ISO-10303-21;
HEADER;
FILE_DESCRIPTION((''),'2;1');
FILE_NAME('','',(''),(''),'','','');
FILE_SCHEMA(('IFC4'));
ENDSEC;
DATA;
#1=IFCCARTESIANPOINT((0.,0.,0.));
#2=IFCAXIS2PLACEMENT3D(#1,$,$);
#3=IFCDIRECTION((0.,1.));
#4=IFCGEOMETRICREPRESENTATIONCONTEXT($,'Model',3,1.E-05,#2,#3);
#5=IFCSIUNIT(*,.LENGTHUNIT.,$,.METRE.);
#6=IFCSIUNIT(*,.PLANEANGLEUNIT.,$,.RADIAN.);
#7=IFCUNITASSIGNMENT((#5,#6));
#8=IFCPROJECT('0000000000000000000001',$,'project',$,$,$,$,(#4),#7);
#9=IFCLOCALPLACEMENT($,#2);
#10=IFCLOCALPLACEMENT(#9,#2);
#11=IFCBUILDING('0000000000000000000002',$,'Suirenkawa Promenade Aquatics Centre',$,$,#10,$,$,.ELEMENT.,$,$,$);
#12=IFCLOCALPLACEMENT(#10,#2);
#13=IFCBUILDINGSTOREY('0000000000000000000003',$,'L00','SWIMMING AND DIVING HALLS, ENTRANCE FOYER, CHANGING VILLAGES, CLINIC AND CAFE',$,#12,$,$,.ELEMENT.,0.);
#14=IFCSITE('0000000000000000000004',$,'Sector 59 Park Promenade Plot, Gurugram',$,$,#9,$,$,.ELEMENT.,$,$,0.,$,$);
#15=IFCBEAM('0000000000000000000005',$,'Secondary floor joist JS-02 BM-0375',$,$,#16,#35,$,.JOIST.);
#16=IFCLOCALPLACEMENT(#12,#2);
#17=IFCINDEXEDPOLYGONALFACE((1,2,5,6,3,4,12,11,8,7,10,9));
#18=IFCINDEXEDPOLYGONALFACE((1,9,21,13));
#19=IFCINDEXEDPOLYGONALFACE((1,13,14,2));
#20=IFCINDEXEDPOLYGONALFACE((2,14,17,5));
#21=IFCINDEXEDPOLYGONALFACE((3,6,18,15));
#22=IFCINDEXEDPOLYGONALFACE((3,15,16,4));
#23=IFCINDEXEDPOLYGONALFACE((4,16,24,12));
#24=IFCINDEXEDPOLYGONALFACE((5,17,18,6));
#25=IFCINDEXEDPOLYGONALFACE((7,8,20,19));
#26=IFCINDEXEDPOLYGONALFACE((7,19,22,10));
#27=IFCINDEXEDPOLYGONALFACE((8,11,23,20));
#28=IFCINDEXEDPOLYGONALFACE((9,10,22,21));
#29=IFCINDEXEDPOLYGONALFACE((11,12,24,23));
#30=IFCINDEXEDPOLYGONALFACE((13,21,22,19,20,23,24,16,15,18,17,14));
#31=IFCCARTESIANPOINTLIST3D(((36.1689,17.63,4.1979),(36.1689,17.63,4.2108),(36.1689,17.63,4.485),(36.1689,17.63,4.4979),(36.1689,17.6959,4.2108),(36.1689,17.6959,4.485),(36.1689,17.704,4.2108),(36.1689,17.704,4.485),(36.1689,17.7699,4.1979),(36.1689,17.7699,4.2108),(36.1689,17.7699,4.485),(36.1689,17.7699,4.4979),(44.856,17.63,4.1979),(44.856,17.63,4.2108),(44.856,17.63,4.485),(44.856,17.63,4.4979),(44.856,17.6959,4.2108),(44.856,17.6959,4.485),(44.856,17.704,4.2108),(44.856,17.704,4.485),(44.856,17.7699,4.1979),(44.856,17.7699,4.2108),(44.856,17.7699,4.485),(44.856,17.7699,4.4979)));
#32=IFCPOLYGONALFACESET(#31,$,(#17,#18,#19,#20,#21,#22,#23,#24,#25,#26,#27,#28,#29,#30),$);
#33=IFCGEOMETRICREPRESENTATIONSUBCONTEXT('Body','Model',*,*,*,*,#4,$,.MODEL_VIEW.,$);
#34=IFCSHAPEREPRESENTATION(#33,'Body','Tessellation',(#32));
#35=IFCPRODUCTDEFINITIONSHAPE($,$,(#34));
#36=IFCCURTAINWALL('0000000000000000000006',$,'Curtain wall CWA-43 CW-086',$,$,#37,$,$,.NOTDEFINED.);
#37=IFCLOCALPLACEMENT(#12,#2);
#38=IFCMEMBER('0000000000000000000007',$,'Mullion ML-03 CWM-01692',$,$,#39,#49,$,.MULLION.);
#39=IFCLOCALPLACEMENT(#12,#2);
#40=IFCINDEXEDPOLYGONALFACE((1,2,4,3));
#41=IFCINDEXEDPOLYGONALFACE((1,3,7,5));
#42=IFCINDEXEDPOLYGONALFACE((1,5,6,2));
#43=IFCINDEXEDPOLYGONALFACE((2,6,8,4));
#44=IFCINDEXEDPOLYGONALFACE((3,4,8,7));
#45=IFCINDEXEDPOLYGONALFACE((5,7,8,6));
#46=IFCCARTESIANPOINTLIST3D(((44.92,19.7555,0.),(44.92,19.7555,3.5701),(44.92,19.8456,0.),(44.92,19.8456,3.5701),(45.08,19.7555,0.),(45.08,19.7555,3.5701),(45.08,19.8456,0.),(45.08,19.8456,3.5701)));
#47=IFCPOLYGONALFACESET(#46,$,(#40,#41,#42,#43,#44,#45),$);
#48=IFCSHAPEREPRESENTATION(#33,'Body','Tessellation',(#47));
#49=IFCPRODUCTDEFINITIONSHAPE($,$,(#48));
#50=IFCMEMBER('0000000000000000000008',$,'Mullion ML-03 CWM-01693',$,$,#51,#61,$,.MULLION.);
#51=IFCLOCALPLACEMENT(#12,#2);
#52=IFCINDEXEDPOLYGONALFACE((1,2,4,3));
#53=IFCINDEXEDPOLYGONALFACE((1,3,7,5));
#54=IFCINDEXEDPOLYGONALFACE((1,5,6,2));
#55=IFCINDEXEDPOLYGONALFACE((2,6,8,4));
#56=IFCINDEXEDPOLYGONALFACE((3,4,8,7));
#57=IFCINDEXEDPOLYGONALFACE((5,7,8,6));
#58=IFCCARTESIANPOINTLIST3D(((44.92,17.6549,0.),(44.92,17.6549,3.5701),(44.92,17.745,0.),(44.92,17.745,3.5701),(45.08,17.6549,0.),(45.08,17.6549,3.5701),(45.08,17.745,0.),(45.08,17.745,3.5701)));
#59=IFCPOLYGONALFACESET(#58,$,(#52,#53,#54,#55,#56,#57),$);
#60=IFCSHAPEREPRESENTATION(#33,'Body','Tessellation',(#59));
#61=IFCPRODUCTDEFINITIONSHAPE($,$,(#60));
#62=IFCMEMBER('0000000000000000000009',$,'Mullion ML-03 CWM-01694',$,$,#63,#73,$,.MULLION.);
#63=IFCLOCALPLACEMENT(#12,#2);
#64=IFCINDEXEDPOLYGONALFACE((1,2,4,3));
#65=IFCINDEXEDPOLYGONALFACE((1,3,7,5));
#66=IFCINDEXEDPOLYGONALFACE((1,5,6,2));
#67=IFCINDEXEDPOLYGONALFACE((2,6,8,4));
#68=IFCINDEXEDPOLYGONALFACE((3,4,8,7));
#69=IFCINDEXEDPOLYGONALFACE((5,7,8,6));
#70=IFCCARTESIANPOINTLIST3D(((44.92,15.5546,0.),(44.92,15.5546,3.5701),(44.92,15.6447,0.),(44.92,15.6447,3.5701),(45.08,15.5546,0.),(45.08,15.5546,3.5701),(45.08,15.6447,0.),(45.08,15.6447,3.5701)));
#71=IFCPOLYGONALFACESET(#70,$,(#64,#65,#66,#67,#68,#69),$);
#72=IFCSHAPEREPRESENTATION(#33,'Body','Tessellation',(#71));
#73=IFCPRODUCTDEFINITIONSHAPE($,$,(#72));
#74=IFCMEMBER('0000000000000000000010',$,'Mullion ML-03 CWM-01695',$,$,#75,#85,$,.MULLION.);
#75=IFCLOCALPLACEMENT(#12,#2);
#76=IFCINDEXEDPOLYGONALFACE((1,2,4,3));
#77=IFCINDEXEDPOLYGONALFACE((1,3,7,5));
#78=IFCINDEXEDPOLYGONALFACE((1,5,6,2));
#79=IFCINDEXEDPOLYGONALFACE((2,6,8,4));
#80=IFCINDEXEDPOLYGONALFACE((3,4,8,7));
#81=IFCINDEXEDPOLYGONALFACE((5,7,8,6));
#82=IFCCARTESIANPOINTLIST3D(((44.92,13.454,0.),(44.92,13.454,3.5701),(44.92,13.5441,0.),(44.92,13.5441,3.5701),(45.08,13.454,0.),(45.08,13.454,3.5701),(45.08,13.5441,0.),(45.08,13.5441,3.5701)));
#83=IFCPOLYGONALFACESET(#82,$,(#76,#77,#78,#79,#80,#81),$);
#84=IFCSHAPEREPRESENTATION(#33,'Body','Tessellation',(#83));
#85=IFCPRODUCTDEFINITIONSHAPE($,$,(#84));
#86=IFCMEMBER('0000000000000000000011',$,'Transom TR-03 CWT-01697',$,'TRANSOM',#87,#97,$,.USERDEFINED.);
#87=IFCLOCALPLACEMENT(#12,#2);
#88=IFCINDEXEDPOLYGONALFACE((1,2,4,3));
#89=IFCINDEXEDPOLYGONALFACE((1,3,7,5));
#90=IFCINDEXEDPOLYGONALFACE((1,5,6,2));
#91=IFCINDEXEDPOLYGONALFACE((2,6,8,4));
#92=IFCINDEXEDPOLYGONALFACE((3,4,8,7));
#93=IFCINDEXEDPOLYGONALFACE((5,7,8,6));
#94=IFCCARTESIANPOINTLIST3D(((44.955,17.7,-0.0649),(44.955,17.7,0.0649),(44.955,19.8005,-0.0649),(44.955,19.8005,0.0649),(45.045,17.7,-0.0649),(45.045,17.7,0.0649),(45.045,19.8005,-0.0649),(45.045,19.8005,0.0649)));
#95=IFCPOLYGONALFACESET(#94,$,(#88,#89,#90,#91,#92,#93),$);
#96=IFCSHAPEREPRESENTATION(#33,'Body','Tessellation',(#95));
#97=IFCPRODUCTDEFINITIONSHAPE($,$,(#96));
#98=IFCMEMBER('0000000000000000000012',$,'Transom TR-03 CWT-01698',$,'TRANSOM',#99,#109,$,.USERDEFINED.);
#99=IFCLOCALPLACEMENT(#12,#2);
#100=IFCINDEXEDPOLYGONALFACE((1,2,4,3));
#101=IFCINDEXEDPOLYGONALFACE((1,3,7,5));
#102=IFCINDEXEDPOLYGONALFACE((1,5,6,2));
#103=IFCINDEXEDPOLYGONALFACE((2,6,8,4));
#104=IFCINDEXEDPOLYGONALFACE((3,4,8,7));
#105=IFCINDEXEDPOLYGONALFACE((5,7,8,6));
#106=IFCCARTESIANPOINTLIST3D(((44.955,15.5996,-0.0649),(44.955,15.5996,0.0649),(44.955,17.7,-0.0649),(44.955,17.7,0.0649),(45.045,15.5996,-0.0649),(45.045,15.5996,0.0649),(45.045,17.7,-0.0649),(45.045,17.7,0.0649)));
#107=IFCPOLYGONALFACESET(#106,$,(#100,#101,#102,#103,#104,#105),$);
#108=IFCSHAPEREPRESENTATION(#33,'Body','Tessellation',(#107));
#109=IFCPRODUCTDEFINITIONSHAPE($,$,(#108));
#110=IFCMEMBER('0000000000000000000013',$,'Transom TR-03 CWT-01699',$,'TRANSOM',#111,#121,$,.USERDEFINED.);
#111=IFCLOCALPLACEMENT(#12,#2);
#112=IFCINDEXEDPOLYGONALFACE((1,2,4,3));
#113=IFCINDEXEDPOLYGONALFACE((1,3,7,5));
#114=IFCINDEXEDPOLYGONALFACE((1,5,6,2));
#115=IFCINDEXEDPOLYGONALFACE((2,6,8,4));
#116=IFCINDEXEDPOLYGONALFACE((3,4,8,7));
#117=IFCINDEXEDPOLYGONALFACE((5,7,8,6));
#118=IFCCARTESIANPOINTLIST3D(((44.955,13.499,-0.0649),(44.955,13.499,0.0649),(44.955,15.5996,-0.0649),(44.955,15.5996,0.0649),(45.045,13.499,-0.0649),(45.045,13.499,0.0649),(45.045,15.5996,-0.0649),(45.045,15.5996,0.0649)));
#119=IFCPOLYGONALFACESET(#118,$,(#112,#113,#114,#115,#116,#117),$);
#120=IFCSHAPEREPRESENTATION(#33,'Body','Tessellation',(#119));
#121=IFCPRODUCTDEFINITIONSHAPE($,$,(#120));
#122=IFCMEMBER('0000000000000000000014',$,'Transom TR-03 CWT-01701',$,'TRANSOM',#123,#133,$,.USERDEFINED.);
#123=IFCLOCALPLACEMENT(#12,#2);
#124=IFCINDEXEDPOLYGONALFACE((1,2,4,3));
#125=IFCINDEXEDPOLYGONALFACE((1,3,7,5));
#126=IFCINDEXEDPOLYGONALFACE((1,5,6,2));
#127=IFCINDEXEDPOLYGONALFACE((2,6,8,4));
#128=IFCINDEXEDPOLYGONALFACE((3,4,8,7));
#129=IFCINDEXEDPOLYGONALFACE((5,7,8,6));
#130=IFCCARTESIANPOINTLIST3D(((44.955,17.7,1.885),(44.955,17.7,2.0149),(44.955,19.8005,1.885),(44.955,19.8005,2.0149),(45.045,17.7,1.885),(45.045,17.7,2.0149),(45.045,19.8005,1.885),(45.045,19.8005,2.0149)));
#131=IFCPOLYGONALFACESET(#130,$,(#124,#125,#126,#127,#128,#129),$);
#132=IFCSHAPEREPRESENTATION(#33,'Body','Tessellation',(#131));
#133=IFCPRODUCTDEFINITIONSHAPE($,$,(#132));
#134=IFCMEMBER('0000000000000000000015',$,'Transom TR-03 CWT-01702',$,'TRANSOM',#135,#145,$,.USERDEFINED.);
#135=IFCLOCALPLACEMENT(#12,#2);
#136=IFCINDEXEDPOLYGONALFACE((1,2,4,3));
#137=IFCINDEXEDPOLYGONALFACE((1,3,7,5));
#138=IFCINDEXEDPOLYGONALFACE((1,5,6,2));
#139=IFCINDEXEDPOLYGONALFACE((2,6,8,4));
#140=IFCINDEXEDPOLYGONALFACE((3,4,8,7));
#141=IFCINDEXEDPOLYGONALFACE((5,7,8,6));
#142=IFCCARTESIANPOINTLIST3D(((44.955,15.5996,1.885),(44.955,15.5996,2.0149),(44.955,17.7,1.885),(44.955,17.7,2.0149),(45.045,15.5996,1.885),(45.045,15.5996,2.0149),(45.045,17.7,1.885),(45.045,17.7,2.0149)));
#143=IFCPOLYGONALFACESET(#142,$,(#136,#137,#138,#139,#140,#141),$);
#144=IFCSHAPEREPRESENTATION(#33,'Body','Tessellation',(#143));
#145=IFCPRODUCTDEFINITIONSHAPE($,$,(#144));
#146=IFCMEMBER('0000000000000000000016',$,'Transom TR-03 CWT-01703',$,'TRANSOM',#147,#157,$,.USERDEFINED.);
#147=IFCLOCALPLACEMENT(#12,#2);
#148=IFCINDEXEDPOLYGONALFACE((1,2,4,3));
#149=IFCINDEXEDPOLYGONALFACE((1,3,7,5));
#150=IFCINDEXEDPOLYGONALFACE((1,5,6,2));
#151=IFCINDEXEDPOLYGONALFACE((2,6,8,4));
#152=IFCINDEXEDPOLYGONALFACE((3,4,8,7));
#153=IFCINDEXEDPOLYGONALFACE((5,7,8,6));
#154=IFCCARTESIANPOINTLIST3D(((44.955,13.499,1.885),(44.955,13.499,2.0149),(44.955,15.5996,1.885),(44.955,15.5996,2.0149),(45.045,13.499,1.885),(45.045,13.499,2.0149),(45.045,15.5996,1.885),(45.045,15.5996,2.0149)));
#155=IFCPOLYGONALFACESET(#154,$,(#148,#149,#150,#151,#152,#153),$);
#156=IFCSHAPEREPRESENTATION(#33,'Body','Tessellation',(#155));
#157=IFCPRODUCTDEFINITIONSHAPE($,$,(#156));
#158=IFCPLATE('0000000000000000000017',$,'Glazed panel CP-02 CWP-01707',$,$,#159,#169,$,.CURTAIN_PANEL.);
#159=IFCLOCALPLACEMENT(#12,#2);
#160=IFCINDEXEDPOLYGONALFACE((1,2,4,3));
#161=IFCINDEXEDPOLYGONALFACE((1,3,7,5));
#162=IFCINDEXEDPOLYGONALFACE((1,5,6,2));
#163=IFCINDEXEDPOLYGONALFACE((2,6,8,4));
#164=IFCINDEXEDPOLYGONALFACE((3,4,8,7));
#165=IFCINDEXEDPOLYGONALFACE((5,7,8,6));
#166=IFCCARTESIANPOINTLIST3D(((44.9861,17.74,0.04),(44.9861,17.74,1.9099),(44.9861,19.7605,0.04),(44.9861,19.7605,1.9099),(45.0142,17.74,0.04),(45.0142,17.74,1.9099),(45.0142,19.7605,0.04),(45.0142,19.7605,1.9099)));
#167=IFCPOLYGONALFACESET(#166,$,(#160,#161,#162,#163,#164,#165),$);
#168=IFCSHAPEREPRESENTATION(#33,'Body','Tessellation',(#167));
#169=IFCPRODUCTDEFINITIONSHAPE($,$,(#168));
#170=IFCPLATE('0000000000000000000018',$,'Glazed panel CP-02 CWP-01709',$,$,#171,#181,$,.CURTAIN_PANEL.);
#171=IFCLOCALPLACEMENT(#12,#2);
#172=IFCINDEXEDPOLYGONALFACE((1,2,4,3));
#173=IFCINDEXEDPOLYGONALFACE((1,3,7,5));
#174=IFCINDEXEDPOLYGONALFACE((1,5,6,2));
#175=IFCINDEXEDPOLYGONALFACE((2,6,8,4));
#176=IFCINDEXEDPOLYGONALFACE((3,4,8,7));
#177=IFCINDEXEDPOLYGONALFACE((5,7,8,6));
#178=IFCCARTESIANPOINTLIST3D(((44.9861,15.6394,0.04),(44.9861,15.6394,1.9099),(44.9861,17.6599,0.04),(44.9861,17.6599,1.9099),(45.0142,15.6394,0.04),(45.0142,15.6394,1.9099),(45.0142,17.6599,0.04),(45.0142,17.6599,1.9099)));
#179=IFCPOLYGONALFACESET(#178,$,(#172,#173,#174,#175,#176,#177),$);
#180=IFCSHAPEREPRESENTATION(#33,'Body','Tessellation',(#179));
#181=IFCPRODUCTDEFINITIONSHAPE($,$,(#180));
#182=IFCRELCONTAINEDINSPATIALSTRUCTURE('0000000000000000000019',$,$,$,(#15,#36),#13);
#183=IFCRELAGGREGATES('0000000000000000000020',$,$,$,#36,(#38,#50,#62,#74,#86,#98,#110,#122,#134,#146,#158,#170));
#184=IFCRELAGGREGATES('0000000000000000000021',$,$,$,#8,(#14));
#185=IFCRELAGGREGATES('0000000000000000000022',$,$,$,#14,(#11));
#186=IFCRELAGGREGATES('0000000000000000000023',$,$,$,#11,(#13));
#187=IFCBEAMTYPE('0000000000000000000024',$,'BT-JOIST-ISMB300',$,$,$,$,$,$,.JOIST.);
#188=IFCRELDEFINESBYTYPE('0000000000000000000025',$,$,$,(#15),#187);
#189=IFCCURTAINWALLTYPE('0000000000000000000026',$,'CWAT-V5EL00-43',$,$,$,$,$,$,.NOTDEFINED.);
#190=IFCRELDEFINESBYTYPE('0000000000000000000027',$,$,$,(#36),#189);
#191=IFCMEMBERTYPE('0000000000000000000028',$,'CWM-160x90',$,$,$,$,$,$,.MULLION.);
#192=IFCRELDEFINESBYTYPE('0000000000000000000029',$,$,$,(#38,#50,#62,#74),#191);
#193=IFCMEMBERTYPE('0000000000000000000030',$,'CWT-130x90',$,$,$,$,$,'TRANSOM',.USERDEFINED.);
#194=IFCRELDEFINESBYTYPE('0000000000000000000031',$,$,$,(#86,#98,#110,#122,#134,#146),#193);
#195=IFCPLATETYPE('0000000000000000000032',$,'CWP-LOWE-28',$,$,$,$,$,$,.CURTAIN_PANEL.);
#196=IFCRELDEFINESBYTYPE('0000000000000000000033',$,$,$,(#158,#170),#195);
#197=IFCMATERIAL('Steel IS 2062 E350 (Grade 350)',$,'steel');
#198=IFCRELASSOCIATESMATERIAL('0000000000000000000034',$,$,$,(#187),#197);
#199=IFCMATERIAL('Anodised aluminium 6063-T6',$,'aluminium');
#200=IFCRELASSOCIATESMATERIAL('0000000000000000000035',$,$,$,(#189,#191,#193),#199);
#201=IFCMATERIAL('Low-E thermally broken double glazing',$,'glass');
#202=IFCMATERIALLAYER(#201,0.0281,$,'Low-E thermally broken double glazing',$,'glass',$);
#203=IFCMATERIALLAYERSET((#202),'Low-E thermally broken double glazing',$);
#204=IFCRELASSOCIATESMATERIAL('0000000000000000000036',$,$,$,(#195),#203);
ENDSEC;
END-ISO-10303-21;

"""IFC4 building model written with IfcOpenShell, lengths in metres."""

from ifc_helpers import new_model, si_unit, direction, frame, origin, origin_2d, place, context, subcontext, project, spatial, polyline, rectangle, i_section, outline, extrude, material, layer, layer_set, material_profile, profile_set, type_object, element, aggregate, save


model = new_model("IFC4")

# Units and contexts
model_context = context("Model", 3, precision=1e-05, world=origin(), true_north=direction((0.0, 1.0)))
body_context = subcontext(model_context, "Body", "Model", "MODEL_VIEW")
ifc_project = project(units=[si_unit("LENGTHUNIT", "METRE"), si_unit("PLANEANGLEUNIT", "RADIAN")], contexts=[model_context])

# Site, building, storey
site_placement = place(None, origin())
site = spatial("IfcSite", under=ifc_project, at=site_placement, Name="Sector 59 Park Promenade Plot, Gurugram", CompositionType="ELEMENT", RefElevation=0.0)
building_placement = place(site_placement, origin())
building = spatial("IfcBuilding", under=site, at=building_placement, Name="Suirenkawa Promenade Aquatics Centre", CompositionType="ELEMENT")
storey_placement = place(building_placement, origin())
storey = spatial("IfcBuildingStorey", under=building, at=storey_placement, Name="L00", Description="SWIMMING AND DIVING HALLS, ENTRANCE FOYER, CHANGING VILLAGES, CLINIC AND CAFE", CompositionType="ELEMENT", Elevation=0.0)

# Beam
ifc_material_1 = material(Name="Steel IS 2062 E350 (Grade 350)", Category="steel")
ifc_material_profile_1 = material_profile(ifc_material_1, i_section(OverallWidth=0.1399, OverallDepth=0.3, WebThickness=0.0081, FlangeThickness=0.0129, at=origin_2d()), Name="ISMB 300", Category="steel")
ifc_profile_set_1 = profile_set([ifc_material_profile_1], Name="Steel IS 2062 E350 (Grade 350)")
beam_type = type_object("IfcBeamType", Name="BT-JOIST-ISMB300", PredefinedType="JOIST", material=ifc_profile_set_1)
beam_placement = place(storey_placement, frame((36.1689, 17.7, 4.3479), z_axis=(1.0, 0.0, 0.0), x_axis=(0.0, 1.0, 0.0)))
element("IfcBeam", 1, at=beam_placement, inside=storey, type_object=beam_type, Name="Secondary floor joist JS-02 BM-0375", PredefinedType="JOIST", context=body_context, shape_type="SweptSolid", body=[
    extrude(i_section(OverallWidth=0.1399, OverallDepth=0.3, WebThickness=0.0081, FlangeThickness=0.0129, at=origin_2d()), origin(), (0.0, 0.0, 1.0), 8.687),
])

# Curtain wall, members, plates
ifc_material_2 = material(Name="Anodised aluminium 6063-T6", Category="aluminium")
curtain_wall_type = type_object("IfcCurtainWallType", Name="CWAT-V5EL00-43", PredefinedType="NOTDEFINED", material=ifc_material_2)
curtain_wall_placement = place(storey_placement, origin())
curtain_wall = element("IfcCurtainWall", 2, at=curtain_wall_placement, inside=storey, type_object=curtain_wall_type, Name="Curtain wall CWA-43 CW-086", PredefinedType="NOTDEFINED")
ifc_material_profile_2 = material_profile(ifc_material_2, rectangle(XDim=0.0901, YDim=0.1599, at=origin_2d()), Name="ALU MULL 90x160", Category="aluminium")
ifc_profile_set_2 = profile_set([ifc_material_profile_2], Name="Anodised aluminium 6063-T6")
member_type_1 = type_object("IfcMemberType", Name="CWM-160x90", PredefinedType="MULLION", material=ifc_profile_set_2)
member_1_placement = place(storey_placement, frame((45.0, 19.8005, 0.0), z_axis=(0.0, 0.0, 1.0), x_axis=(0.0, -1.0, 0.0)))
member_1 = element("IfcMember", 3, at=member_1_placement, type_object=member_type_1, Name="Mullion ML-03 CWM-01692", PredefinedType="MULLION", context=body_context, shape_type="SweptSolid", body=[
    extrude(rectangle(XDim=0.0901, YDim=0.1599, at=origin_2d()), origin(), (0.0, 0.0, 1.0), 3.5701),
])
member_2_placement = place(storey_placement, frame((45.0, 17.7, 0.0), z_axis=(0.0, 0.0, 1.0), x_axis=(0.0, -1.0, 0.0)))
member_2 = element("IfcMember", 4, at=member_2_placement, type_object=member_type_1, Name="Mullion ML-03 CWM-01693", PredefinedType="MULLION", context=body_context, shape_type="SweptSolid", body=[
    extrude(rectangle(XDim=0.0901, YDim=0.1599, at=origin_2d()), origin(), (0.0, 0.0, 1.0), 3.5701),
])
member_3_placement = place(storey_placement, frame((45.0, 15.5996, 0.0), z_axis=(0.0, 0.0, 1.0), x_axis=(0.0, -1.0, 0.0)))
member_3 = element("IfcMember", 5, at=member_3_placement, type_object=member_type_1, Name="Mullion ML-03 CWM-01694", PredefinedType="MULLION", context=body_context, shape_type="SweptSolid", body=[
    extrude(rectangle(XDim=0.0901, YDim=0.1599, at=origin_2d()), origin(), (0.0, 0.0, 1.0), 3.5701),
])
member_4_placement = place(storey_placement, frame((45.0, 13.499, 0.0), z_axis=(0.0, 0.0, 1.0), x_axis=(0.0, -1.0, 0.0)))
member_4 = element("IfcMember", 6, at=member_4_placement, type_object=member_type_1, Name="Mullion ML-03 CWM-01695", PredefinedType="MULLION", context=body_context, shape_type="SweptSolid", body=[
    extrude(rectangle(XDim=0.0901, YDim=0.1599, at=origin_2d()), origin(), (0.0, 0.0, 1.0), 3.5701),
])
ifc_material_profile_3 = material_profile(ifc_material_2, rectangle(XDim=0.0901, YDim=0.1299, at=origin_2d()), Name="ALU TRAN 90x130", Category="aluminium")
ifc_profile_set_3 = profile_set([ifc_material_profile_3], Name="Anodised aluminium 6063-T6")
member_type_2 = type_object("IfcMemberType", Name="CWT-130x90", ElementType="TRANSOM", PredefinedType="USERDEFINED", material=ifc_profile_set_3)
member_5_placement = place(storey_placement, frame((45.0, 19.8005, 0.0), z_axis=(0.0, -1.0, 0.0), x_axis=(1.0, 0.0, 0.0)))
member_5 = element("IfcMember", 7, at=member_5_placement, type_object=member_type_2, Name="Transom TR-03 CWT-01697", ObjectType="TRANSOM", PredefinedType="USERDEFINED", context=body_context, shape_type="SweptSolid", body=[
    extrude(rectangle(XDim=0.0901, YDim=0.1299, at=origin_2d()), origin(), (0.0, 0.0, 1.0), 2.1006),
])
member_6_placement = place(storey_placement, frame((45.0, 17.7, 0.0), z_axis=(0.0, -1.0, 0.0), x_axis=(1.0, 0.0, 0.0)))
member_6 = element("IfcMember", 8, at=member_6_placement, type_object=member_type_2, Name="Transom TR-03 CWT-01698", ObjectType="TRANSOM", PredefinedType="USERDEFINED", context=body_context, shape_type="SweptSolid", body=[
    extrude(rectangle(XDim=0.0901, YDim=0.1299, at=origin_2d()), origin(), (0.0, 0.0, 1.0), 2.1003),
])
member_7_placement = place(storey_placement, frame((45.0, 15.5996, 0.0), z_axis=(0.0, -1.0, 0.0), x_axis=(1.0, 0.0, 0.0)))
member_7 = element("IfcMember", 9, at=member_7_placement, type_object=member_type_2, Name="Transom TR-03 CWT-01699", ObjectType="TRANSOM", PredefinedType="USERDEFINED", context=body_context, shape_type="SweptSolid", body=[
    extrude(rectangle(XDim=0.0901, YDim=0.1299, at=origin_2d()), origin(), (0.0, 0.0, 1.0), 2.1006),
])
member_8_placement = place(storey_placement, frame((45.0, 19.8005, 1.95), z_axis=(0.0, -1.0, 0.0), x_axis=(1.0, 0.0, 0.0)))
member_8 = element("IfcMember", 10, at=member_8_placement, type_object=member_type_2, Name="Transom TR-03 CWT-01701", ObjectType="TRANSOM", PredefinedType="USERDEFINED", context=body_context, shape_type="SweptSolid", body=[
    extrude(rectangle(XDim=0.0901, YDim=0.1299, at=origin_2d()), origin(), (0.0, 0.0, 1.0), 2.1006),
])
member_9_placement = place(storey_placement, frame((45.0, 17.7, 1.95), z_axis=(0.0, -1.0, 0.0), x_axis=(1.0, 0.0, 0.0)))
member_9 = element("IfcMember", 11, at=member_9_placement, type_object=member_type_2, Name="Transom TR-03 CWT-01702", ObjectType="TRANSOM", PredefinedType="USERDEFINED", context=body_context, shape_type="SweptSolid", body=[
    extrude(rectangle(XDim=0.0901, YDim=0.1299, at=origin_2d()), origin(), (0.0, 0.0, 1.0), 2.1003),
])
member_10_placement = place(storey_placement, frame((45.0, 15.5996, 1.95), z_axis=(0.0, -1.0, 0.0), x_axis=(1.0, 0.0, 0.0)))
member_10 = element("IfcMember", 12, at=member_10_placement, type_object=member_type_2, Name="Transom TR-03 CWT-01703", ObjectType="TRANSOM", PredefinedType="USERDEFINED", context=body_context, shape_type="SweptSolid", body=[
    extrude(rectangle(XDim=0.0901, YDim=0.1299, at=origin_2d()), origin(), (0.0, 0.0, 1.0), 2.1006),
])
ifc_material_3 = material(Name="Low-E thermally broken double glazing", Category="glass")
ifc_layer = layer(ifc_material_3, 0.0281, Name="Low-E thermally broken double glazing", Category="glass")
ifc_layer_set = layer_set([ifc_layer], Name="Low-E thermally broken double glazing")
plate_type = type_object("IfcPlateType", Name="CWP-LOWE-28", PredefinedType="CURTAIN_PANEL", material=ifc_layer_set)
plate_1_placement = place(storey_placement, frame((45.0, 19.8005, 0.04), z_axis=(0.0, 0.0, 1.0), x_axis=(0.0, -1.0, 0.0)))
plate_1 = element("IfcPlate", 13, at=plate_1_placement, type_object=plate_type, Name="Glazed panel CP-02 CWP-01707", PredefinedType="CURTAIN_PANEL", context=body_context, shape_type="SweptSolid", body=[
    extrude(outline(polyline([(0.04, 0.0), (2.0605, 0.0), (2.0605, 1.8699), (0.04, 1.8699), (0.04, 0.0)])), frame((0.0, 0.0142, 0.0), z_axis=(0.0, -1.0, 0.0), x_axis=(1.0, 0.0, 0.0)), (0.0, 0.0, 1.0), 0.0281),
])
plate_2_placement = place(storey_placement, frame((45.0, 17.7, 0.04), z_axis=(0.0, 0.0, 1.0), x_axis=(0.0, -1.0, 0.0)))
plate_2 = element("IfcPlate", 14, at=plate_2_placement, type_object=plate_type, Name="Glazed panel CP-02 CWP-01709", PredefinedType="CURTAIN_PANEL", context=body_context, shape_type="SweptSolid", body=[
    extrude(outline(polyline([(0.04, 0.0), (2.0605, 0.0), (2.0605, 1.8699), (0.04, 1.8699), (0.04, 0.0)])), frame((0.0, 0.0142, 0.0), z_axis=(0.0, -1.0, 0.0), x_axis=(1.0, 0.0, 0.0)), (0.0, 0.0, 1.0), 0.0281),
])
aggregate(curtain_wall, [member_1, member_2, member_3, member_4, member_5, member_6, member_7, member_8, member_9, member_10, plate_1, plate_2])

save(model, "model.ifc")
